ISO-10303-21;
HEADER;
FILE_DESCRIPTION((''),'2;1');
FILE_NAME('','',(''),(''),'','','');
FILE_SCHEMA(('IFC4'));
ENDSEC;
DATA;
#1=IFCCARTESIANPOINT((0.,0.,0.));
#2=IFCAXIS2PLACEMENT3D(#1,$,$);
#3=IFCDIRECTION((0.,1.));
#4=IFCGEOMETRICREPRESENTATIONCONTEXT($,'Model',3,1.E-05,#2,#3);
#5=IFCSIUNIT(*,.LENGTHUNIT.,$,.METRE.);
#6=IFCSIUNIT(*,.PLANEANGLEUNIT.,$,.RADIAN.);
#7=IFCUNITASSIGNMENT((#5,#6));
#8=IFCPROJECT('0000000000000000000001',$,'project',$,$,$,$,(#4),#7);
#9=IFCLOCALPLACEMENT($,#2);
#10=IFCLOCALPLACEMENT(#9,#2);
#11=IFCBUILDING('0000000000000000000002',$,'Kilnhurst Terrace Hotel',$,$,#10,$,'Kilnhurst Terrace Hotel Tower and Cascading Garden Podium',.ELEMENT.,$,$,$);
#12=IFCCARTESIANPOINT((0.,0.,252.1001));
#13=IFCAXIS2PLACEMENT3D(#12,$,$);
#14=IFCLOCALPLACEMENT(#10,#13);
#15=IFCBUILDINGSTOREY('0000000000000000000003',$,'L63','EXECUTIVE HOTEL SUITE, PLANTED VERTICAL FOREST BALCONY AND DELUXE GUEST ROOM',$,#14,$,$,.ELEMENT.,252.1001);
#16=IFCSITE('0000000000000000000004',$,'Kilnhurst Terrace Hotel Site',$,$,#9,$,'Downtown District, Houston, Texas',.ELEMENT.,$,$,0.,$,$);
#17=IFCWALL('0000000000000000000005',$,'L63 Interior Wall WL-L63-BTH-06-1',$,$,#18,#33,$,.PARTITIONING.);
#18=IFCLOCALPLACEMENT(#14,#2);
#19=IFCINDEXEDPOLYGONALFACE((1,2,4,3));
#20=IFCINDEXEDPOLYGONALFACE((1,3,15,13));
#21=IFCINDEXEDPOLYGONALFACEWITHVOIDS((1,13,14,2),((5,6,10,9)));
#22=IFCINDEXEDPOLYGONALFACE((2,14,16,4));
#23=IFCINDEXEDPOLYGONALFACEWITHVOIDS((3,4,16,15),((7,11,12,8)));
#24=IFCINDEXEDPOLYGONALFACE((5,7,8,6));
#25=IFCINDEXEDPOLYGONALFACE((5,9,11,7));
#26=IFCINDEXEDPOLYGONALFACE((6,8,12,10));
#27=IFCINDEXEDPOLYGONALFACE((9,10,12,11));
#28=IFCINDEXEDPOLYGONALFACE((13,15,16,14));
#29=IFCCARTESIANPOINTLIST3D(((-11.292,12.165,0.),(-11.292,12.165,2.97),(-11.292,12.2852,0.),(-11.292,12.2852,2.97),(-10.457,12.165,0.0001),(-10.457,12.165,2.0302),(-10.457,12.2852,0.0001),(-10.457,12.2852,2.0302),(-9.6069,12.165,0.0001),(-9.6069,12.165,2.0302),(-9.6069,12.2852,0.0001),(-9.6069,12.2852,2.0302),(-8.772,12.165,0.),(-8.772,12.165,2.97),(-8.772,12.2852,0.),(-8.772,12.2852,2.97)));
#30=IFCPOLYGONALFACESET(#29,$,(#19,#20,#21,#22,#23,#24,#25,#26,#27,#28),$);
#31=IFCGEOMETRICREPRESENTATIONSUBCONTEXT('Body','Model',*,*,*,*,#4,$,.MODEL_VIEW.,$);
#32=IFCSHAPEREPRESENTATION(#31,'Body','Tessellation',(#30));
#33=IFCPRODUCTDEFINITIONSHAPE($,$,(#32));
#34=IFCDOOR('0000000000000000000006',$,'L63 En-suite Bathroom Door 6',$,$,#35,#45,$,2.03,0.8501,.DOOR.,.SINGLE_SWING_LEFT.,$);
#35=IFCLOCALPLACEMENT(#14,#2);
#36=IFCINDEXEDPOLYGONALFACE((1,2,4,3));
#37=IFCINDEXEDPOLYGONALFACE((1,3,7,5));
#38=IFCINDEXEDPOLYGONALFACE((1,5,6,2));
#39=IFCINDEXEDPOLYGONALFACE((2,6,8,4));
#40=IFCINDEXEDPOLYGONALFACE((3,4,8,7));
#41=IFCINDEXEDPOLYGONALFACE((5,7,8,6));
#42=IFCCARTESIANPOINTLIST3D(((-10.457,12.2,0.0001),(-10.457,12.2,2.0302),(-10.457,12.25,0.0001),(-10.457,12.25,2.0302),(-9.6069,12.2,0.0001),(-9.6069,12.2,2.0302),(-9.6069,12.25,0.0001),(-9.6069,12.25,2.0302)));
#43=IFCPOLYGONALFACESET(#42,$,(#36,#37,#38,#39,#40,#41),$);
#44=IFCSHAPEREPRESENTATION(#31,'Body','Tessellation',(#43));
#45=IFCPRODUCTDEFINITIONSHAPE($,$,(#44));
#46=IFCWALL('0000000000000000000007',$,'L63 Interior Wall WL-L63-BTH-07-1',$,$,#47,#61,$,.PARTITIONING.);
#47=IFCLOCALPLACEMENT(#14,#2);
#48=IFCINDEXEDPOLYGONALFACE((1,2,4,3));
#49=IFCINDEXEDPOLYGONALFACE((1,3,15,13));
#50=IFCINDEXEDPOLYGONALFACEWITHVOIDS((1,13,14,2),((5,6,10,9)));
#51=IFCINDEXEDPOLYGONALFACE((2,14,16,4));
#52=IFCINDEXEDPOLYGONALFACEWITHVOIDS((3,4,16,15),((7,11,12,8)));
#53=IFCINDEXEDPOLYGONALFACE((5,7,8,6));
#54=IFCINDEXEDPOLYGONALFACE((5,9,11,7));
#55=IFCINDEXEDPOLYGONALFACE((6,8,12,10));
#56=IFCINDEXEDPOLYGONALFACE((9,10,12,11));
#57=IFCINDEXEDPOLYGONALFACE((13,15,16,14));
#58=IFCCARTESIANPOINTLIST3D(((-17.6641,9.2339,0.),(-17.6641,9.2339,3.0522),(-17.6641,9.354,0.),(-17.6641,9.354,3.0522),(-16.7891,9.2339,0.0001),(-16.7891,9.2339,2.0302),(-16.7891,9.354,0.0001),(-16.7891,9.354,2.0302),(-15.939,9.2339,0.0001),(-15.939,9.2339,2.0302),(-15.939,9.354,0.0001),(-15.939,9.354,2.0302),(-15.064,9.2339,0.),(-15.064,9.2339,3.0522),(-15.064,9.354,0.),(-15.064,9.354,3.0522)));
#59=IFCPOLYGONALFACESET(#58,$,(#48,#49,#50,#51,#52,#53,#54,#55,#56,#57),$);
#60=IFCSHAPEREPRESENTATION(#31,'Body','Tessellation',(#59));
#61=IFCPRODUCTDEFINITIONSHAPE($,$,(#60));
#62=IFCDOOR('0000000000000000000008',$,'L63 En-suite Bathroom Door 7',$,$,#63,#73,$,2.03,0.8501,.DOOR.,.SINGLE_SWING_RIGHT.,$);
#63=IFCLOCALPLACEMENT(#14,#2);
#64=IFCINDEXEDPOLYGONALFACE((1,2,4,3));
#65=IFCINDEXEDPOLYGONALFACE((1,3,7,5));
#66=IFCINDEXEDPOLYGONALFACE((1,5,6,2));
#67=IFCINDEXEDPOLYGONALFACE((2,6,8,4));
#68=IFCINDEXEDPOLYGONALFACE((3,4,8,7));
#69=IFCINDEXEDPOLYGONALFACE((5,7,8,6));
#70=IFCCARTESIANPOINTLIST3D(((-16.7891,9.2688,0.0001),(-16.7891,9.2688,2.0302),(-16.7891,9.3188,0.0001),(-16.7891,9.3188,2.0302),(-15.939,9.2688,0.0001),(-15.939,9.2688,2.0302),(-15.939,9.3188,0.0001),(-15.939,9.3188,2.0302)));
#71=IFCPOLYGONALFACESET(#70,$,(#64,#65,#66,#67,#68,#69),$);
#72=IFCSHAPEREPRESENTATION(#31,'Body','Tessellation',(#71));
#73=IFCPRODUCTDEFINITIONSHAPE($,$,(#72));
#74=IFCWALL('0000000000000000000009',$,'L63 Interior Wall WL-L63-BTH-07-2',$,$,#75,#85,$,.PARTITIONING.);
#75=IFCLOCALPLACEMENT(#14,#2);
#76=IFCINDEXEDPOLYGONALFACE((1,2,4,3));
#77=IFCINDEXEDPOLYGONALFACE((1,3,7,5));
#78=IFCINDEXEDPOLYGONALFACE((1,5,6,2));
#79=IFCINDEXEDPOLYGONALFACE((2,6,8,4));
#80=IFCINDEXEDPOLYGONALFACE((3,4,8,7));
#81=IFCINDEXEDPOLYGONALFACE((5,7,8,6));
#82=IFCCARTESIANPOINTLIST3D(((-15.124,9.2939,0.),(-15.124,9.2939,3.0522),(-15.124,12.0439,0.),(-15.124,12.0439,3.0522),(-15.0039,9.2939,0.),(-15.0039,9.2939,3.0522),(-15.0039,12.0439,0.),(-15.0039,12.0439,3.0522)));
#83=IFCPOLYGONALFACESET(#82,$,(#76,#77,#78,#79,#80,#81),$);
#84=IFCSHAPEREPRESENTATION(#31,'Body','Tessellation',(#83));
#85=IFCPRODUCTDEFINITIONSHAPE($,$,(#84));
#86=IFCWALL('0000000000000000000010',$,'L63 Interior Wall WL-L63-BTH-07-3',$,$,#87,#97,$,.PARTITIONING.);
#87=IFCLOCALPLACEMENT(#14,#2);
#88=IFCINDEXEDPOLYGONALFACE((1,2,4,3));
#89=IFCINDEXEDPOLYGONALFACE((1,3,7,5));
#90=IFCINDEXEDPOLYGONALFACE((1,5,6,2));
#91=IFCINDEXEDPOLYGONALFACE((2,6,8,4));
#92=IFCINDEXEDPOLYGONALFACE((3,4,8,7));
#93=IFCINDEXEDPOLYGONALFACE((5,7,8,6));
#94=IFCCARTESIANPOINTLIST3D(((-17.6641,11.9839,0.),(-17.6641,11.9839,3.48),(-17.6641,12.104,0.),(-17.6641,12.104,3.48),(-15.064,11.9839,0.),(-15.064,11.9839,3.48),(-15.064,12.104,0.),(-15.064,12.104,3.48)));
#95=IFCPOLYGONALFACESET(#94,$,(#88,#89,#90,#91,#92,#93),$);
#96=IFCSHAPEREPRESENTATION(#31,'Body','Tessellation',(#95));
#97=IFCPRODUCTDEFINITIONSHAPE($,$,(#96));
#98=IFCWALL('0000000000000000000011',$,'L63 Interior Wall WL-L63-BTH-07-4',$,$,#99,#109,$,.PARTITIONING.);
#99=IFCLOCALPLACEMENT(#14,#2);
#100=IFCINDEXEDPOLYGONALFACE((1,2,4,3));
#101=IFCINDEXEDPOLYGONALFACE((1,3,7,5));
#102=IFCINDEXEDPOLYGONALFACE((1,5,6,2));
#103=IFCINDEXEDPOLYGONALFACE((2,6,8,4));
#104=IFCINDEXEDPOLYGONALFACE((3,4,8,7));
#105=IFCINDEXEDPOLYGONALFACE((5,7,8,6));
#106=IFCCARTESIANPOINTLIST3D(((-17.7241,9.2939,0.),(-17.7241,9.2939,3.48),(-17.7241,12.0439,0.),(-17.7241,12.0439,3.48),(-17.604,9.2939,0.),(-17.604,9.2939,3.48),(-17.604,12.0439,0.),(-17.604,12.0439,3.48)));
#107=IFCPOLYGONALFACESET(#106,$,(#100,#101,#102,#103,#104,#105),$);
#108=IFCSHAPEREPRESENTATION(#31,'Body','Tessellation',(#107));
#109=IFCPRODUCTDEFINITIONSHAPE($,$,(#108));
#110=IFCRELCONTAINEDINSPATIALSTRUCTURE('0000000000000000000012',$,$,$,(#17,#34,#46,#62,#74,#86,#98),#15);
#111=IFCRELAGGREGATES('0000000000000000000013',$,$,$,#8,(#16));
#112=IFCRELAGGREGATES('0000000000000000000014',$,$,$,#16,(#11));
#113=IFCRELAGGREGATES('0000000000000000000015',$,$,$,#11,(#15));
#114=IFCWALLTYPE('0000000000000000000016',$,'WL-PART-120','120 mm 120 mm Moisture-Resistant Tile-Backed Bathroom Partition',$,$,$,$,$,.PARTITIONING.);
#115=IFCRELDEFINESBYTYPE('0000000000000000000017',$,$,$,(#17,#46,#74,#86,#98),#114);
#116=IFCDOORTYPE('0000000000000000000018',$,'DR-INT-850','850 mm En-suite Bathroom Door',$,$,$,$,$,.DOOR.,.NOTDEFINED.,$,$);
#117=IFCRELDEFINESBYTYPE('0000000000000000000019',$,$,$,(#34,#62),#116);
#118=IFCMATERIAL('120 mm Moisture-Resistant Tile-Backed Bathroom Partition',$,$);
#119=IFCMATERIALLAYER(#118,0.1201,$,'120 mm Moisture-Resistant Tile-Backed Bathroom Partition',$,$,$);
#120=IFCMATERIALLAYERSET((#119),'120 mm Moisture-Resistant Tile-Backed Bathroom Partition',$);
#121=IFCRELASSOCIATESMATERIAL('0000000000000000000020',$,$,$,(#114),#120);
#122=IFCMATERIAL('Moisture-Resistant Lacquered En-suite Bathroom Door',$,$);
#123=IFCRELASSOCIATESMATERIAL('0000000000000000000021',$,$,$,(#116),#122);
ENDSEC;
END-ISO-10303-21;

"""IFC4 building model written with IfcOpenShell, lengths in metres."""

from ifc_helpers import new_model, si_unit, direction, frame, frame_2d, origin, place, context, subcontext, project, spatial, rectangle, extrude, material, layer, layer_set, type_object, element, fill, save


model = new_model("IFC4")

# Units and contexts
model_context = context("Model", 3, precision=1e-05, world=origin(), true_north=direction((0.0, 1.0)))
body_context = subcontext(model_context, "Body", "Model", "MODEL_VIEW")
ifc_project = project(units=[si_unit("LENGTHUNIT", "METRE"), si_unit("PLANEANGLEUNIT", "RADIAN")], contexts=[model_context])

# Site, building, storey
site_placement = place(None, origin())
site = spatial("IfcSite", under=ifc_project, at=site_placement, Name="Kilnhurst Terrace Hotel Site", LongName="Downtown District, Houston, Texas", CompositionType="ELEMENT", RefElevation=0.0)
building_placement = place(site_placement, origin())
building = spatial("IfcBuilding", under=site, at=building_placement, Name="Kilnhurst Terrace Hotel", LongName="Kilnhurst Terrace Hotel Tower and Cascading Garden Podium", CompositionType="ELEMENT")
storey_placement = place(building_placement, frame((0.0, 0.0, 252.1001)))
storey = spatial("IfcBuildingStorey", under=building, at=storey_placement, Name="L63", Description="EXECUTIVE HOTEL SUITE, PLANTED VERTICAL FOREST BALCONY AND DELUXE GUEST ROOM", CompositionType="ELEMENT", Elevation=252.1001)

# Wall, opening, door
ifc_material_1 = material(Name="120 mm Moisture-Resistant Tile-Backed Bathroom Partition")
ifc_layer_1 = layer(ifc_material_1, 0.1201, Name="120 mm Moisture-Resistant Tile-Backed Bathroom Partition")
ifc_layer_set_1 = layer_set([ifc_layer_1], Name="120 mm Moisture-Resistant Tile-Backed Bathroom Partition")
wall_type_1 = type_object("IfcWallType", Name="WL-PART-120", Description="120 mm 120 mm Moisture-Resistant Tile-Backed Bathroom Partition", PredefinedType="PARTITIONING", material=ifc_layer_set_1)
wall_1_placement = place(storey_placement, frame((-11.292, 12.2251, 0.0), z_axis=(0.0, 0.0, 1.0), x_axis=(1.0, 0.0, 0.0)))
wall_1 = element("IfcWall", 1, at=wall_1_placement, inside=storey, type_object=wall_type_1, Name="L63 Interior Wall WL-L63-BTH-06-1", PredefinedType="PARTITIONING", context=body_context, shape_type="SweptSolid", body=[
    extrude(rectangle(XDim=2.52, YDim=0.1201, at=frame_2d((1.26, 0.0))), origin(), (0.0, 0.0, 1.0), 2.97),
])
opening_1_placement = place(wall_1_placement, frame((0.835, 0.0, 0.0)))
opening_1 = element("IfcOpeningElement", 2, at=opening_1_placement, cuts=wall_1, PredefinedType="OPENING", context=body_context, shape_type="SweptSolid", body=[
    extrude(rectangle(XDim=0.8501, YDim=2.03, at=frame_2d((0.425, 1.0151))), frame((0.0, 0.0701, 0.0), z_axis=(0.0, -1.0, 0.0), x_axis=(1.0, 0.0, 0.0)), (0.0, 0.0, 1.0), 0.1401),
])
ifc_material_2 = material(Name="Moisture-Resistant Lacquered En-suite Bathroom Door")
door_type_1 = type_object("IfcDoorType", Name="DR-INT-850", Description="850 mm En-suite Bathroom Door", OperationType="NOTDEFINED", PredefinedType="DOOR", material=ifc_material_2)
door_1_placement = place(opening_1_placement, origin())
door_1 = element("IfcDoor", 3, at=door_1_placement, inside=storey, type_object=door_type_1, Name="L63 En-suite Bathroom Door 6", OperationType="SINGLE_SWING_LEFT", OverallHeight=2.03, OverallWidth=0.8501, PredefinedType="DOOR", context=body_context, shape_type="SweptSolid", body=[
    extrude(rectangle(XDim=0.8501, YDim=2.03, at=frame_2d((0.425, 1.0151))), frame((0.0, 0.0249, 0.0), z_axis=(0.0, -1.0, 0.0), x_axis=(1.0, 0.0, 0.0)), (0.0, 0.0, 1.0), 0.05),
])
fill(opening_1, door_1)

# Wall, opening, door
wall_2_placement = place(storey_placement, frame((-17.6641, 9.2939, 0.0), z_axis=(0.0, 0.0, 1.0), x_axis=(1.0, 0.0, 0.0)))
wall_2 = element("IfcWall", 4, at=wall_2_placement, inside=storey, type_object=wall_type_1, Name="L63 Interior Wall WL-L63-BTH-07-1", PredefinedType="PARTITIONING", context=body_context, shape_type="SweptSolid", body=[
    extrude(rectangle(XDim=2.6001, YDim=0.1201, at=frame_2d((1.3, 0.0))), origin(), (0.0, 0.0, 1.0), 3.0522),
])
opening_2_placement = place(wall_2_placement, frame((0.875, 0.0, 0.0)))
opening_2 = element("IfcOpeningElement", 5, at=opening_2_placement, cuts=wall_2, PredefinedType="OPENING", context=body_context, shape_type="SweptSolid", body=[
    extrude(rectangle(XDim=0.8501, YDim=2.03, at=frame_2d((0.425, 1.0151))), frame((0.0, 0.0701, 0.0), z_axis=(0.0, -1.0, 0.0), x_axis=(1.0, 0.0, 0.0)), (0.0, 0.0, 1.0), 0.1401),
])
door_2_placement = place(opening_2_placement, origin())
door_2 = element("IfcDoor", 6, at=door_2_placement, inside=storey, type_object=door_type_1, Name="L63 En-suite Bathroom Door 7", OperationType="SINGLE_SWING_RIGHT", OverallHeight=2.03, OverallWidth=0.8501, PredefinedType="DOOR", context=body_context, shape_type="SweptSolid", body=[
    extrude(rectangle(XDim=0.8501, YDim=2.03, at=frame_2d((0.425, 1.0151))), frame((0.0, 0.0249, 0.0), z_axis=(0.0, -1.0, 0.0), x_axis=(1.0, 0.0, 0.0)), (0.0, 0.0, 1.0), 0.05),
])
fill(opening_2, door_2)

# Walls
wall_3_placement = place(storey_placement, frame((-15.064, 9.2939, 0.0), z_axis=(0.0, 0.0, 1.0), x_axis=(0.0, 1.0, 0.0)))
element("IfcWall", 7, at=wall_3_placement, inside=storey, type_object=wall_type_1, Name="L63 Interior Wall WL-L63-BTH-07-2", PredefinedType="PARTITIONING", context=body_context, shape_type="SweptSolid", body=[
    extrude(rectangle(XDim=2.75, YDim=0.1201, at=frame_2d((1.375, 0.0))), origin(), (0.0, 0.0, 1.0), 3.0522),
])
wall_4_placement = place(storey_placement, frame((-15.064, 12.0439, 0.0), z_axis=(0.0, 0.0, 1.0), x_axis=(-1.0, 0.0, 0.0)))
element("IfcWall", 8, at=wall_4_placement, inside=storey, type_object=wall_type_1, Name="L63 Interior Wall WL-L63-BTH-07-3", PredefinedType="PARTITIONING", context=body_context, shape_type="SweptSolid", body=[
    extrude(rectangle(XDim=2.6001, YDim=0.1201, at=frame_2d((1.3, 0.0))), origin(), (0.0, 0.0, 1.0), 3.48),
])
wall_5_placement = place(storey_placement, frame((-17.6641, 12.0439, 0.0), z_axis=(0.0, 0.0, 1.0), x_axis=(0.0, -1.0, 0.0)))
element("IfcWall", 9, at=wall_5_placement, inside=storey, type_object=wall_type_1, Name="L63 Interior Wall WL-L63-BTH-07-4", PredefinedType="PARTITIONING", context=body_context, shape_type="SweptSolid", body=[
    extrude(rectangle(XDim=2.75, YDim=0.1201, at=frame_2d((1.375, 0.0))), origin(), (0.0, 0.0, 1.0), 3.48),
])

save(model, "model.ifc")
